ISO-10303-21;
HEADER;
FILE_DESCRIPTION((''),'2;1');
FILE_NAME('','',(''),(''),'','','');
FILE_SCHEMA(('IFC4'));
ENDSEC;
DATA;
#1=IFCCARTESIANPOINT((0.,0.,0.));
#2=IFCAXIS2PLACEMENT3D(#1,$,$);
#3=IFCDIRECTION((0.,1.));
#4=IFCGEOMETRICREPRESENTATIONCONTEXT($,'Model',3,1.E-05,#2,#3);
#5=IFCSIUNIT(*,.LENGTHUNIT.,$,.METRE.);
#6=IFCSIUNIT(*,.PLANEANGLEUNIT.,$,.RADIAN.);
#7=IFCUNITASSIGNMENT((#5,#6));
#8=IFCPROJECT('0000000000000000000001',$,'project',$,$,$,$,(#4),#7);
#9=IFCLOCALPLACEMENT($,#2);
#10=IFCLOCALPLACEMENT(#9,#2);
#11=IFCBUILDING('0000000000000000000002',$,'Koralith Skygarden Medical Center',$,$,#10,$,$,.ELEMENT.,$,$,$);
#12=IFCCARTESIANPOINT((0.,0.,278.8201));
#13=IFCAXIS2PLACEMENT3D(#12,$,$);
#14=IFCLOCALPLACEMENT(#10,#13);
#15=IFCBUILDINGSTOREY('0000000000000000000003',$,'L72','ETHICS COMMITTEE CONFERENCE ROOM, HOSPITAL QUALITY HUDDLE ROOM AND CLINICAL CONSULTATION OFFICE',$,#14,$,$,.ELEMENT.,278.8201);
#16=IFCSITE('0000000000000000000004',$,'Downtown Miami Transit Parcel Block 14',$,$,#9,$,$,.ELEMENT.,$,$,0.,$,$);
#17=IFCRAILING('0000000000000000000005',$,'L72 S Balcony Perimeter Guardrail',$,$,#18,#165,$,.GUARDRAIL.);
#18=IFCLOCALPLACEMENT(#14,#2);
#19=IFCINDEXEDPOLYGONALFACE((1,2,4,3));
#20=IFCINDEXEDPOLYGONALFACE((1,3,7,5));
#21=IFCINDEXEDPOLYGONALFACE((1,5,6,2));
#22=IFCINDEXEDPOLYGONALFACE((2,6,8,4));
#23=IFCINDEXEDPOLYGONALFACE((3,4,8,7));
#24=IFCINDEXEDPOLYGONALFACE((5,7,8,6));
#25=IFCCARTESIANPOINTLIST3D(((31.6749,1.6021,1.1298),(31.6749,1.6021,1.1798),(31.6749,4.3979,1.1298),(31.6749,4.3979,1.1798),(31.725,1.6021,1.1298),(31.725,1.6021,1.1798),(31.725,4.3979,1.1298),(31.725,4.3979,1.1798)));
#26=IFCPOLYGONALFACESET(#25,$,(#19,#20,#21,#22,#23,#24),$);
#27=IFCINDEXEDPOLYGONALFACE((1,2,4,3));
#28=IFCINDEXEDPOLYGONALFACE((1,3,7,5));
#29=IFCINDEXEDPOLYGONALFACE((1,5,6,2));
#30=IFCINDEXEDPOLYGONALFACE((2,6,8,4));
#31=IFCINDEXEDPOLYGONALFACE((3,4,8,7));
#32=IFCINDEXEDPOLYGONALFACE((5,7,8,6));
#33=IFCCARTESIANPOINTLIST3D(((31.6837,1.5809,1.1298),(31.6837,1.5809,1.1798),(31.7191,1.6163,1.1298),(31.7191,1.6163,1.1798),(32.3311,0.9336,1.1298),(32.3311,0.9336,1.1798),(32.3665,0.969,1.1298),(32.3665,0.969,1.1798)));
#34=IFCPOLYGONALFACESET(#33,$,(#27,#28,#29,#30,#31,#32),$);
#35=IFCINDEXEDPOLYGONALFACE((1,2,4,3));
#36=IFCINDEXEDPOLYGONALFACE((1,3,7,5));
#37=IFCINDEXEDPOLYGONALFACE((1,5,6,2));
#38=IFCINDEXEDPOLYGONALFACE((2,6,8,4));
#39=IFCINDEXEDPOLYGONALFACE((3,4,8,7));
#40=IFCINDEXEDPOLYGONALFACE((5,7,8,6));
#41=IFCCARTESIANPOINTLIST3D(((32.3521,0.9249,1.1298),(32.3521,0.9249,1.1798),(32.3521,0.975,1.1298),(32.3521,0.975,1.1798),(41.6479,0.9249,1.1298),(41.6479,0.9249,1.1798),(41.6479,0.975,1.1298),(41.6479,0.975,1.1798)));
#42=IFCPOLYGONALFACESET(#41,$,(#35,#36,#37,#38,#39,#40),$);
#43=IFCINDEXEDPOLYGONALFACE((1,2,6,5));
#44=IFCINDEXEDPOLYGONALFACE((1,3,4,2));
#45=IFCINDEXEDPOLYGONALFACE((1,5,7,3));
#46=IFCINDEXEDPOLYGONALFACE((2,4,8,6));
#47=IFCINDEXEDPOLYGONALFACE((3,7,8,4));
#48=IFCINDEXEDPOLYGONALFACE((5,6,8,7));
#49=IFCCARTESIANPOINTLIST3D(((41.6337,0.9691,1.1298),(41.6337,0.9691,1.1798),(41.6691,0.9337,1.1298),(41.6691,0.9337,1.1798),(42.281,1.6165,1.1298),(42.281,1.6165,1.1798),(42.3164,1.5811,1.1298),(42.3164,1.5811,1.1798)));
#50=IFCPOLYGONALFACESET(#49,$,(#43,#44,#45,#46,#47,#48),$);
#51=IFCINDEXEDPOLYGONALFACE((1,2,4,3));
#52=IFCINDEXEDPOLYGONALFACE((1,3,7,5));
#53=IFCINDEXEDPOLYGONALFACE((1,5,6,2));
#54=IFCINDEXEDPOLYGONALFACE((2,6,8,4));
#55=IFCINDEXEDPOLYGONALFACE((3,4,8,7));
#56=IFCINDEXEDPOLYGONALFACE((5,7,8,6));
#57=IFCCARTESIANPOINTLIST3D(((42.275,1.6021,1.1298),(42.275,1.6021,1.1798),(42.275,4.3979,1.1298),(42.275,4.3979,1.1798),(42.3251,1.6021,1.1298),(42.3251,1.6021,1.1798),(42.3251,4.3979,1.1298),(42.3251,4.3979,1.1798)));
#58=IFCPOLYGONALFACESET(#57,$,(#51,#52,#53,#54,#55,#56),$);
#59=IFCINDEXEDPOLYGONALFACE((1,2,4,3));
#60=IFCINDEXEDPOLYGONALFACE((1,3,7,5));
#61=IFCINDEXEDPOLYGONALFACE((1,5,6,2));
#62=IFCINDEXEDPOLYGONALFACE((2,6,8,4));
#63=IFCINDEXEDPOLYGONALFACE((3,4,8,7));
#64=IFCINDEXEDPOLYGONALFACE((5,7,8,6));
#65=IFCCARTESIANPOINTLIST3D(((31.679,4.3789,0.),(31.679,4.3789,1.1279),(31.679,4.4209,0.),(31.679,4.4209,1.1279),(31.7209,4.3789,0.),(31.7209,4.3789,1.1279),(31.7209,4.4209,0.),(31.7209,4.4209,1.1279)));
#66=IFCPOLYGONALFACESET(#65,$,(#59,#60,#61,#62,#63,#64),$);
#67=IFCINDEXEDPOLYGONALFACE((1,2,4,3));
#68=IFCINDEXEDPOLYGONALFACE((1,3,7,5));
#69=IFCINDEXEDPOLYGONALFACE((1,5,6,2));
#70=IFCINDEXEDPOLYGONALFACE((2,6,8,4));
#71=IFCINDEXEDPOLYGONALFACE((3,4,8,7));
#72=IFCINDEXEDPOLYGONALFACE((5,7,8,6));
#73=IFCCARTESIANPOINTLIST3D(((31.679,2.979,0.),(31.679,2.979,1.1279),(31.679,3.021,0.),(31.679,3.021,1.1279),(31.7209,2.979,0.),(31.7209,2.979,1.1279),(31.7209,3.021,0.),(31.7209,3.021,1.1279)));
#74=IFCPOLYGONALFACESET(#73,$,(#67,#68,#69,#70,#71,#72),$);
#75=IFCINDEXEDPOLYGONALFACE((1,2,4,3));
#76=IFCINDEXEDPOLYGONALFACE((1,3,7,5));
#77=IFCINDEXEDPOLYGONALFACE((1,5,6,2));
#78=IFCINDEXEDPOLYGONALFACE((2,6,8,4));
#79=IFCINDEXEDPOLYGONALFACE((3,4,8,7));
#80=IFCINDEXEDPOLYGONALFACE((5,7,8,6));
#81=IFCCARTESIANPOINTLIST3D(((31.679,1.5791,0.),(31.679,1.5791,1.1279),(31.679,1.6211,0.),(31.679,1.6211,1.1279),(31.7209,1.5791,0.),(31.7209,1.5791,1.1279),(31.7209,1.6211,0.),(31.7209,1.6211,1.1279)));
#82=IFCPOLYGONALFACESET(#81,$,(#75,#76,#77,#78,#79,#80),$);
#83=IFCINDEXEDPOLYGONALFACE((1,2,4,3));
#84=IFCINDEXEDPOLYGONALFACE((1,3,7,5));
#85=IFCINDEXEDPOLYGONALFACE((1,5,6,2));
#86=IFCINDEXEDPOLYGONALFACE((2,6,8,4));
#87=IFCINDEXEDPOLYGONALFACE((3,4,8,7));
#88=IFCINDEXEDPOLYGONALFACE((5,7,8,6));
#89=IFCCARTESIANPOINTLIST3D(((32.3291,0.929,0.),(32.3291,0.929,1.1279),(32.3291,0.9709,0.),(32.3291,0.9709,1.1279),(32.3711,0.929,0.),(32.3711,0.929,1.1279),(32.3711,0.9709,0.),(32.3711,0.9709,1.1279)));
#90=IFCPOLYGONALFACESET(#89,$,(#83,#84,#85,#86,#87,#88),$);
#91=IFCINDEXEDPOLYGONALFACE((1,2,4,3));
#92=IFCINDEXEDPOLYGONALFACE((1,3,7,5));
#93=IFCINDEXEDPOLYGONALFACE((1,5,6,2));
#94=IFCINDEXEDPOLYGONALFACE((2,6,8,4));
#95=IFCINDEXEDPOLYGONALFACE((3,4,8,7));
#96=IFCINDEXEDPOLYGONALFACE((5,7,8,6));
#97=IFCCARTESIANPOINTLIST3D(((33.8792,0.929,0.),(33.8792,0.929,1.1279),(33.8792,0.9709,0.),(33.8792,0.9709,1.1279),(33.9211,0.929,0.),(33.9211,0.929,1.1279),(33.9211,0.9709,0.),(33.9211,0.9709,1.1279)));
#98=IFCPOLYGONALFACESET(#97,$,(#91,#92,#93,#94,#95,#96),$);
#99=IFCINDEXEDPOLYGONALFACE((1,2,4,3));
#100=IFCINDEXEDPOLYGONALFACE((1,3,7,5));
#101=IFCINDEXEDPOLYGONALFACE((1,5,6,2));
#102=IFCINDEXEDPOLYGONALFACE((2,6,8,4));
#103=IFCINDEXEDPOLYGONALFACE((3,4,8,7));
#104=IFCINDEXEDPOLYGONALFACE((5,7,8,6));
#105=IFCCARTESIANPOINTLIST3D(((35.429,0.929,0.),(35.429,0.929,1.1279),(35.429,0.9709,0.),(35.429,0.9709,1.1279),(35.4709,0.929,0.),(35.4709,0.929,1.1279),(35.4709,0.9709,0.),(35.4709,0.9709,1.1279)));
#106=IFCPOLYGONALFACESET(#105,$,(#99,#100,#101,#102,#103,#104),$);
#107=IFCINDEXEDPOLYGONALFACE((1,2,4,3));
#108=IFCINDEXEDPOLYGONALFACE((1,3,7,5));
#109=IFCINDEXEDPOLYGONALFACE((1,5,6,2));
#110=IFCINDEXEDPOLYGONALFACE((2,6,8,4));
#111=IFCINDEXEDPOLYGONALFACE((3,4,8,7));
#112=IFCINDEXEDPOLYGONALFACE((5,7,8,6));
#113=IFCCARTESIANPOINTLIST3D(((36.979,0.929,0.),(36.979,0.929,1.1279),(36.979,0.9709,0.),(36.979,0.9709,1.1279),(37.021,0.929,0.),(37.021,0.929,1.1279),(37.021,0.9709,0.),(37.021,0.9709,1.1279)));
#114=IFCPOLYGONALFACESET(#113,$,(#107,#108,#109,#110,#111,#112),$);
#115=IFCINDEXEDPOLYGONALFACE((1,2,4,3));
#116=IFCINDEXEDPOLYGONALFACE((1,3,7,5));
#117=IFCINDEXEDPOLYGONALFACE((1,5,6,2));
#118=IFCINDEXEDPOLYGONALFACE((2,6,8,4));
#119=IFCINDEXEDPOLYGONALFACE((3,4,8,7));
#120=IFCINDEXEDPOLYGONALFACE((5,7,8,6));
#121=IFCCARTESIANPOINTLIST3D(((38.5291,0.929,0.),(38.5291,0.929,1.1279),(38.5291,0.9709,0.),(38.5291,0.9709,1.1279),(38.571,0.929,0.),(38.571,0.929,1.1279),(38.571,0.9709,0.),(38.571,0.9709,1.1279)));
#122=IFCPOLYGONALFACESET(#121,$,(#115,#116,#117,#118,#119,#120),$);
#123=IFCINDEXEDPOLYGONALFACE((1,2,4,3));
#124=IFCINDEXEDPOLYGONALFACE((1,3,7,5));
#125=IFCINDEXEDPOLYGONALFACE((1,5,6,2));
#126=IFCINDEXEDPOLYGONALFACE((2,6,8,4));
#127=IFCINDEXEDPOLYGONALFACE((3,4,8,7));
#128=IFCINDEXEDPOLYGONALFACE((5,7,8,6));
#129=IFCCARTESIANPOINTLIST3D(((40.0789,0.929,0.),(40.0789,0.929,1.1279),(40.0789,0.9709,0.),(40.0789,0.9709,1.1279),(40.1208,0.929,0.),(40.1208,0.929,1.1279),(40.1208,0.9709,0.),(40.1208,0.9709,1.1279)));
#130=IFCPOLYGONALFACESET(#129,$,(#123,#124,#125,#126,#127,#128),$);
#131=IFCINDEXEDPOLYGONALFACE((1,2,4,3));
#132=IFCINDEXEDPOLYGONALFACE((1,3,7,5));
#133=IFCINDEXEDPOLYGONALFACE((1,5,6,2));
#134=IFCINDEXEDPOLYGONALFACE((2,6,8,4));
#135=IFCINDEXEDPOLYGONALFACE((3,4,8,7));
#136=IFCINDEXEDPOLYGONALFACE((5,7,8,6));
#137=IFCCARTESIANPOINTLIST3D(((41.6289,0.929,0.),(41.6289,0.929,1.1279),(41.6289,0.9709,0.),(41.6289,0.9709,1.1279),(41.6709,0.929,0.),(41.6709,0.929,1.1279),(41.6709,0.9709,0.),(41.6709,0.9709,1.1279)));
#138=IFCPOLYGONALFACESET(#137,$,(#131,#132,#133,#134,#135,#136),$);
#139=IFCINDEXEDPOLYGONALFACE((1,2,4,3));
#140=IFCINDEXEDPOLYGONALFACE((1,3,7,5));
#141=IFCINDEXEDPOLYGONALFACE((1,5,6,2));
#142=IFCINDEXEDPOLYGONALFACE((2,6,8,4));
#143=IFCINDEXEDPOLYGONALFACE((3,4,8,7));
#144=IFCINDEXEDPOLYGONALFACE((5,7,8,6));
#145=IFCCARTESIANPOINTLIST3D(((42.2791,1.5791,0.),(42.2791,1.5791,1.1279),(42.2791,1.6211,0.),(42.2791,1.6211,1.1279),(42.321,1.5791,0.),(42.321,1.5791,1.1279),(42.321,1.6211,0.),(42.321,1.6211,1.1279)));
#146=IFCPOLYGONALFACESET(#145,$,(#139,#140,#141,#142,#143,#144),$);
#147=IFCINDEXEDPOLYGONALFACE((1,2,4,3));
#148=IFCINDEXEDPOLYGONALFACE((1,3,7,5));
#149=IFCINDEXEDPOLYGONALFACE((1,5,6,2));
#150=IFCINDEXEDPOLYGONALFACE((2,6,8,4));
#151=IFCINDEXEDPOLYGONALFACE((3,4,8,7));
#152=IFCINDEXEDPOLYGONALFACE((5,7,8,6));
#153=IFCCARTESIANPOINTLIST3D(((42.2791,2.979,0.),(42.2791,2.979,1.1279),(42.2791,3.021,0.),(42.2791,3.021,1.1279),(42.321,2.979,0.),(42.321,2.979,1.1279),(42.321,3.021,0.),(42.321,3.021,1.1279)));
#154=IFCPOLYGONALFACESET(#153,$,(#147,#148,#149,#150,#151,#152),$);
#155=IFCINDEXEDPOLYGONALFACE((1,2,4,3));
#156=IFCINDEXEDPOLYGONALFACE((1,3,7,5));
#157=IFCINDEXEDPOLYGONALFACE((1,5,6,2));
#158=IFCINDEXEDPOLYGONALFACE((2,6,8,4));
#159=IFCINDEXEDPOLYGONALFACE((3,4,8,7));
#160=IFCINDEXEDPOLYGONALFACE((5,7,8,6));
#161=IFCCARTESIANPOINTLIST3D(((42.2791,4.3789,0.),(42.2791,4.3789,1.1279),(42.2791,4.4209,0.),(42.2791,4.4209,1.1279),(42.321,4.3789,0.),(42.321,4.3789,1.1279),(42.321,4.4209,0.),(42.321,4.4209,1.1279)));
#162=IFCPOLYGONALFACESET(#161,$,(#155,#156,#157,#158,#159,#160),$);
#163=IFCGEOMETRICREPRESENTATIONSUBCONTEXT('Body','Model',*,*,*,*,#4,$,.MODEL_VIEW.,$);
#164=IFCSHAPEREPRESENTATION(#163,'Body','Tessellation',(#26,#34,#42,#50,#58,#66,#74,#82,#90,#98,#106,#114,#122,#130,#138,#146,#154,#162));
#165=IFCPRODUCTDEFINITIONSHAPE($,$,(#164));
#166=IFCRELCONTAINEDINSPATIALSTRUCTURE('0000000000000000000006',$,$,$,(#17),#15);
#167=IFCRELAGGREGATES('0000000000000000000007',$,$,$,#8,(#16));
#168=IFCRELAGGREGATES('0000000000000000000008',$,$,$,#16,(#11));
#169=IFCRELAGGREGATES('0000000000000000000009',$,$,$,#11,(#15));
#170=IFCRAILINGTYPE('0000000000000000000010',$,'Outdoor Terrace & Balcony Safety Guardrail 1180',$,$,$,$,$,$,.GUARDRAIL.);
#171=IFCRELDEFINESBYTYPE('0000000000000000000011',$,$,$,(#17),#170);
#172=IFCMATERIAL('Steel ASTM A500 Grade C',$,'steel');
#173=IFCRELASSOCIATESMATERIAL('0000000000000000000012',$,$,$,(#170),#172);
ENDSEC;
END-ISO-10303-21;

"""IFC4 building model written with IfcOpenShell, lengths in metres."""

from ifc_helpers import new_model, si_unit, direction, frame, origin, origin_2d, place, context, subcontext, project, spatial, rectangle, extrude, material, type_object, element, save


model = new_model("IFC4")

# Units and contexts
model_context = context("Model", 3, precision=1e-05, world=origin(), true_north=direction((0.0, 1.0)))
body_context = subcontext(model_context, "Body", "Model", "MODEL_VIEW")
ifc_project = project(units=[si_unit("LENGTHUNIT", "METRE"), si_unit("PLANEANGLEUNIT", "RADIAN")], contexts=[model_context])

# Site, building, storey
site_placement = place(None, origin())
site = spatial("IfcSite", under=ifc_project, at=site_placement, Name="Downtown Miami Transit Parcel Block 14", CompositionType="ELEMENT", RefElevation=0.0)
building_placement = place(site_placement, origin())
building = spatial("IfcBuilding", under=site, at=building_placement, Name="Koralith Skygarden Medical Center", CompositionType="ELEMENT")
storey_placement = place(building_placement, frame((0.0, 0.0, 278.8201)))
storey = spatial("IfcBuildingStorey", under=building, at=storey_placement, Name="L72", Description="ETHICS COMMITTEE CONFERENCE ROOM, HOSPITAL QUALITY HUDDLE ROOM AND CLINICAL CONSULTATION OFFICE", CompositionType="ELEMENT", Elevation=278.8201)

# Railing
ifc_material_1 = material(Name="Steel ASTM A500 Grade C", Category="steel")
railing_type = type_object("IfcRailingType", Name="Outdoor Terrace & Balcony Safety Guardrail 1180", PredefinedType="GUARDRAIL", material=ifc_material_1)
railing_placement = place(storey_placement, frame((31.7, 4.3999, 0.0)))
element("IfcRailing", 1, at=railing_placement, inside=storey, type_object=railing_type, Name="L72 S Balcony Perimeter Guardrail", PredefinedType="GUARDRAIL", context=body_context, shape_type="SweptSolid", body=[
    extrude(rectangle(XDim=0.05, YDim=0.05, at=origin_2d()), frame((0.0, -0.002, 1.1548), z_axis=(0.0, -1.0, 0.0), x_axis=(1.0, 0.0, 0.0)), (0.0, 0.0, 1.0), 2.7959),
    extrude(rectangle(XDim=0.05, YDim=0.05, at=origin_2d()), frame((0.0015, -2.8013, 1.1548), z_axis=(0.707107, -0.707107, 0.0), x_axis=(0.707107, 0.707107, 0.0)), (0.0, 0.0, 1.0), 0.9155),
    extrude(rectangle(XDim=0.05, YDim=0.05, at=origin_2d()), frame((0.6521, -3.45, 1.1548), z_axis=(1.0, 0.0, 0.0), x_axis=(0.0, 1.0, 0.0)), (0.0, 0.0, 1.0), 9.2959),
    extrude(rectangle(XDim=0.05, YDim=0.05, at=origin_2d()), frame((9.9514, -3.4485, 1.1548), z_axis=(0.707107, 0.707107, 0.0), x_axis=(-0.707107, 0.707107, 0.0)), (0.0, 0.0, 1.0), 0.9155),
    extrude(rectangle(XDim=0.05, YDim=0.05, at=origin_2d()), frame((10.6001, -2.7979, 1.1548), z_axis=(0.0, 1.0, 0.0), x_axis=(-1.0, 0.0, 0.0)), (0.0, 0.0, 1.0), 2.7959),
    extrude(rectangle(XDim=0.042, YDim=0.042, at=origin_2d()), origin(), (0.0, 0.0, 1.0), 1.1279),
    extrude(rectangle(XDim=0.042, YDim=0.042, at=origin_2d()), frame((0.0, -1.3999, 0.0)), (0.0, 0.0, 1.0), 1.1279),
    extrude(rectangle(XDim=0.042, YDim=0.042, at=origin_2d()), frame((0.0, -2.7998, 0.0)), (0.0, 0.0, 1.0), 1.1279),
    extrude(rectangle(XDim=0.042, YDim=0.042, at=origin_2d()), frame((0.6501, -3.45, 0.0)), (0.0, 0.0, 1.0), 1.1279),
    extrude(rectangle(XDim=0.042, YDim=0.042, at=origin_2d()), frame((2.2002, -3.45, 0.0)), (0.0, 0.0, 1.0), 1.1279),
    extrude(rectangle(XDim=0.042, YDim=0.042, at=origin_2d()), frame((3.75, -3.45, 0.0)), (0.0, 0.0, 1.0), 1.1279),
    extrude(rectangle(XDim=0.042, YDim=0.042, at=origin_2d()), frame((5.3, -3.45, 0.0)), (0.0, 0.0, 1.0), 1.1279),
    extrude(rectangle(XDim=0.042, YDim=0.042, at=origin_2d()), frame((6.8501, -3.45, 0.0)), (0.0, 0.0, 1.0), 1.1279),
    extrude(rectangle(XDim=0.042, YDim=0.042, at=origin_2d()), frame((8.3999, -3.45, 0.0)), (0.0, 0.0, 1.0), 1.1279),
    extrude(rectangle(XDim=0.042, YDim=0.042, at=origin_2d()), frame((9.95, -3.45, 0.0)), (0.0, 0.0, 1.0), 1.1279),
    extrude(rectangle(XDim=0.042, YDim=0.042, at=origin_2d()), frame((10.6001, -2.7998, 0.0)), (0.0, 0.0, 1.0), 1.1279),
    extrude(rectangle(XDim=0.042, YDim=0.042, at=origin_2d()), frame((10.6001, -1.3999, 0.0)), (0.0, 0.0, 1.0), 1.1279),
    extrude(rectangle(XDim=0.042, YDim=0.042, at=origin_2d()), frame((10.6001, 0.0, 0.0)), (0.0, 0.0, 1.0), 1.1279),
])

save(model, "model.ifc")
